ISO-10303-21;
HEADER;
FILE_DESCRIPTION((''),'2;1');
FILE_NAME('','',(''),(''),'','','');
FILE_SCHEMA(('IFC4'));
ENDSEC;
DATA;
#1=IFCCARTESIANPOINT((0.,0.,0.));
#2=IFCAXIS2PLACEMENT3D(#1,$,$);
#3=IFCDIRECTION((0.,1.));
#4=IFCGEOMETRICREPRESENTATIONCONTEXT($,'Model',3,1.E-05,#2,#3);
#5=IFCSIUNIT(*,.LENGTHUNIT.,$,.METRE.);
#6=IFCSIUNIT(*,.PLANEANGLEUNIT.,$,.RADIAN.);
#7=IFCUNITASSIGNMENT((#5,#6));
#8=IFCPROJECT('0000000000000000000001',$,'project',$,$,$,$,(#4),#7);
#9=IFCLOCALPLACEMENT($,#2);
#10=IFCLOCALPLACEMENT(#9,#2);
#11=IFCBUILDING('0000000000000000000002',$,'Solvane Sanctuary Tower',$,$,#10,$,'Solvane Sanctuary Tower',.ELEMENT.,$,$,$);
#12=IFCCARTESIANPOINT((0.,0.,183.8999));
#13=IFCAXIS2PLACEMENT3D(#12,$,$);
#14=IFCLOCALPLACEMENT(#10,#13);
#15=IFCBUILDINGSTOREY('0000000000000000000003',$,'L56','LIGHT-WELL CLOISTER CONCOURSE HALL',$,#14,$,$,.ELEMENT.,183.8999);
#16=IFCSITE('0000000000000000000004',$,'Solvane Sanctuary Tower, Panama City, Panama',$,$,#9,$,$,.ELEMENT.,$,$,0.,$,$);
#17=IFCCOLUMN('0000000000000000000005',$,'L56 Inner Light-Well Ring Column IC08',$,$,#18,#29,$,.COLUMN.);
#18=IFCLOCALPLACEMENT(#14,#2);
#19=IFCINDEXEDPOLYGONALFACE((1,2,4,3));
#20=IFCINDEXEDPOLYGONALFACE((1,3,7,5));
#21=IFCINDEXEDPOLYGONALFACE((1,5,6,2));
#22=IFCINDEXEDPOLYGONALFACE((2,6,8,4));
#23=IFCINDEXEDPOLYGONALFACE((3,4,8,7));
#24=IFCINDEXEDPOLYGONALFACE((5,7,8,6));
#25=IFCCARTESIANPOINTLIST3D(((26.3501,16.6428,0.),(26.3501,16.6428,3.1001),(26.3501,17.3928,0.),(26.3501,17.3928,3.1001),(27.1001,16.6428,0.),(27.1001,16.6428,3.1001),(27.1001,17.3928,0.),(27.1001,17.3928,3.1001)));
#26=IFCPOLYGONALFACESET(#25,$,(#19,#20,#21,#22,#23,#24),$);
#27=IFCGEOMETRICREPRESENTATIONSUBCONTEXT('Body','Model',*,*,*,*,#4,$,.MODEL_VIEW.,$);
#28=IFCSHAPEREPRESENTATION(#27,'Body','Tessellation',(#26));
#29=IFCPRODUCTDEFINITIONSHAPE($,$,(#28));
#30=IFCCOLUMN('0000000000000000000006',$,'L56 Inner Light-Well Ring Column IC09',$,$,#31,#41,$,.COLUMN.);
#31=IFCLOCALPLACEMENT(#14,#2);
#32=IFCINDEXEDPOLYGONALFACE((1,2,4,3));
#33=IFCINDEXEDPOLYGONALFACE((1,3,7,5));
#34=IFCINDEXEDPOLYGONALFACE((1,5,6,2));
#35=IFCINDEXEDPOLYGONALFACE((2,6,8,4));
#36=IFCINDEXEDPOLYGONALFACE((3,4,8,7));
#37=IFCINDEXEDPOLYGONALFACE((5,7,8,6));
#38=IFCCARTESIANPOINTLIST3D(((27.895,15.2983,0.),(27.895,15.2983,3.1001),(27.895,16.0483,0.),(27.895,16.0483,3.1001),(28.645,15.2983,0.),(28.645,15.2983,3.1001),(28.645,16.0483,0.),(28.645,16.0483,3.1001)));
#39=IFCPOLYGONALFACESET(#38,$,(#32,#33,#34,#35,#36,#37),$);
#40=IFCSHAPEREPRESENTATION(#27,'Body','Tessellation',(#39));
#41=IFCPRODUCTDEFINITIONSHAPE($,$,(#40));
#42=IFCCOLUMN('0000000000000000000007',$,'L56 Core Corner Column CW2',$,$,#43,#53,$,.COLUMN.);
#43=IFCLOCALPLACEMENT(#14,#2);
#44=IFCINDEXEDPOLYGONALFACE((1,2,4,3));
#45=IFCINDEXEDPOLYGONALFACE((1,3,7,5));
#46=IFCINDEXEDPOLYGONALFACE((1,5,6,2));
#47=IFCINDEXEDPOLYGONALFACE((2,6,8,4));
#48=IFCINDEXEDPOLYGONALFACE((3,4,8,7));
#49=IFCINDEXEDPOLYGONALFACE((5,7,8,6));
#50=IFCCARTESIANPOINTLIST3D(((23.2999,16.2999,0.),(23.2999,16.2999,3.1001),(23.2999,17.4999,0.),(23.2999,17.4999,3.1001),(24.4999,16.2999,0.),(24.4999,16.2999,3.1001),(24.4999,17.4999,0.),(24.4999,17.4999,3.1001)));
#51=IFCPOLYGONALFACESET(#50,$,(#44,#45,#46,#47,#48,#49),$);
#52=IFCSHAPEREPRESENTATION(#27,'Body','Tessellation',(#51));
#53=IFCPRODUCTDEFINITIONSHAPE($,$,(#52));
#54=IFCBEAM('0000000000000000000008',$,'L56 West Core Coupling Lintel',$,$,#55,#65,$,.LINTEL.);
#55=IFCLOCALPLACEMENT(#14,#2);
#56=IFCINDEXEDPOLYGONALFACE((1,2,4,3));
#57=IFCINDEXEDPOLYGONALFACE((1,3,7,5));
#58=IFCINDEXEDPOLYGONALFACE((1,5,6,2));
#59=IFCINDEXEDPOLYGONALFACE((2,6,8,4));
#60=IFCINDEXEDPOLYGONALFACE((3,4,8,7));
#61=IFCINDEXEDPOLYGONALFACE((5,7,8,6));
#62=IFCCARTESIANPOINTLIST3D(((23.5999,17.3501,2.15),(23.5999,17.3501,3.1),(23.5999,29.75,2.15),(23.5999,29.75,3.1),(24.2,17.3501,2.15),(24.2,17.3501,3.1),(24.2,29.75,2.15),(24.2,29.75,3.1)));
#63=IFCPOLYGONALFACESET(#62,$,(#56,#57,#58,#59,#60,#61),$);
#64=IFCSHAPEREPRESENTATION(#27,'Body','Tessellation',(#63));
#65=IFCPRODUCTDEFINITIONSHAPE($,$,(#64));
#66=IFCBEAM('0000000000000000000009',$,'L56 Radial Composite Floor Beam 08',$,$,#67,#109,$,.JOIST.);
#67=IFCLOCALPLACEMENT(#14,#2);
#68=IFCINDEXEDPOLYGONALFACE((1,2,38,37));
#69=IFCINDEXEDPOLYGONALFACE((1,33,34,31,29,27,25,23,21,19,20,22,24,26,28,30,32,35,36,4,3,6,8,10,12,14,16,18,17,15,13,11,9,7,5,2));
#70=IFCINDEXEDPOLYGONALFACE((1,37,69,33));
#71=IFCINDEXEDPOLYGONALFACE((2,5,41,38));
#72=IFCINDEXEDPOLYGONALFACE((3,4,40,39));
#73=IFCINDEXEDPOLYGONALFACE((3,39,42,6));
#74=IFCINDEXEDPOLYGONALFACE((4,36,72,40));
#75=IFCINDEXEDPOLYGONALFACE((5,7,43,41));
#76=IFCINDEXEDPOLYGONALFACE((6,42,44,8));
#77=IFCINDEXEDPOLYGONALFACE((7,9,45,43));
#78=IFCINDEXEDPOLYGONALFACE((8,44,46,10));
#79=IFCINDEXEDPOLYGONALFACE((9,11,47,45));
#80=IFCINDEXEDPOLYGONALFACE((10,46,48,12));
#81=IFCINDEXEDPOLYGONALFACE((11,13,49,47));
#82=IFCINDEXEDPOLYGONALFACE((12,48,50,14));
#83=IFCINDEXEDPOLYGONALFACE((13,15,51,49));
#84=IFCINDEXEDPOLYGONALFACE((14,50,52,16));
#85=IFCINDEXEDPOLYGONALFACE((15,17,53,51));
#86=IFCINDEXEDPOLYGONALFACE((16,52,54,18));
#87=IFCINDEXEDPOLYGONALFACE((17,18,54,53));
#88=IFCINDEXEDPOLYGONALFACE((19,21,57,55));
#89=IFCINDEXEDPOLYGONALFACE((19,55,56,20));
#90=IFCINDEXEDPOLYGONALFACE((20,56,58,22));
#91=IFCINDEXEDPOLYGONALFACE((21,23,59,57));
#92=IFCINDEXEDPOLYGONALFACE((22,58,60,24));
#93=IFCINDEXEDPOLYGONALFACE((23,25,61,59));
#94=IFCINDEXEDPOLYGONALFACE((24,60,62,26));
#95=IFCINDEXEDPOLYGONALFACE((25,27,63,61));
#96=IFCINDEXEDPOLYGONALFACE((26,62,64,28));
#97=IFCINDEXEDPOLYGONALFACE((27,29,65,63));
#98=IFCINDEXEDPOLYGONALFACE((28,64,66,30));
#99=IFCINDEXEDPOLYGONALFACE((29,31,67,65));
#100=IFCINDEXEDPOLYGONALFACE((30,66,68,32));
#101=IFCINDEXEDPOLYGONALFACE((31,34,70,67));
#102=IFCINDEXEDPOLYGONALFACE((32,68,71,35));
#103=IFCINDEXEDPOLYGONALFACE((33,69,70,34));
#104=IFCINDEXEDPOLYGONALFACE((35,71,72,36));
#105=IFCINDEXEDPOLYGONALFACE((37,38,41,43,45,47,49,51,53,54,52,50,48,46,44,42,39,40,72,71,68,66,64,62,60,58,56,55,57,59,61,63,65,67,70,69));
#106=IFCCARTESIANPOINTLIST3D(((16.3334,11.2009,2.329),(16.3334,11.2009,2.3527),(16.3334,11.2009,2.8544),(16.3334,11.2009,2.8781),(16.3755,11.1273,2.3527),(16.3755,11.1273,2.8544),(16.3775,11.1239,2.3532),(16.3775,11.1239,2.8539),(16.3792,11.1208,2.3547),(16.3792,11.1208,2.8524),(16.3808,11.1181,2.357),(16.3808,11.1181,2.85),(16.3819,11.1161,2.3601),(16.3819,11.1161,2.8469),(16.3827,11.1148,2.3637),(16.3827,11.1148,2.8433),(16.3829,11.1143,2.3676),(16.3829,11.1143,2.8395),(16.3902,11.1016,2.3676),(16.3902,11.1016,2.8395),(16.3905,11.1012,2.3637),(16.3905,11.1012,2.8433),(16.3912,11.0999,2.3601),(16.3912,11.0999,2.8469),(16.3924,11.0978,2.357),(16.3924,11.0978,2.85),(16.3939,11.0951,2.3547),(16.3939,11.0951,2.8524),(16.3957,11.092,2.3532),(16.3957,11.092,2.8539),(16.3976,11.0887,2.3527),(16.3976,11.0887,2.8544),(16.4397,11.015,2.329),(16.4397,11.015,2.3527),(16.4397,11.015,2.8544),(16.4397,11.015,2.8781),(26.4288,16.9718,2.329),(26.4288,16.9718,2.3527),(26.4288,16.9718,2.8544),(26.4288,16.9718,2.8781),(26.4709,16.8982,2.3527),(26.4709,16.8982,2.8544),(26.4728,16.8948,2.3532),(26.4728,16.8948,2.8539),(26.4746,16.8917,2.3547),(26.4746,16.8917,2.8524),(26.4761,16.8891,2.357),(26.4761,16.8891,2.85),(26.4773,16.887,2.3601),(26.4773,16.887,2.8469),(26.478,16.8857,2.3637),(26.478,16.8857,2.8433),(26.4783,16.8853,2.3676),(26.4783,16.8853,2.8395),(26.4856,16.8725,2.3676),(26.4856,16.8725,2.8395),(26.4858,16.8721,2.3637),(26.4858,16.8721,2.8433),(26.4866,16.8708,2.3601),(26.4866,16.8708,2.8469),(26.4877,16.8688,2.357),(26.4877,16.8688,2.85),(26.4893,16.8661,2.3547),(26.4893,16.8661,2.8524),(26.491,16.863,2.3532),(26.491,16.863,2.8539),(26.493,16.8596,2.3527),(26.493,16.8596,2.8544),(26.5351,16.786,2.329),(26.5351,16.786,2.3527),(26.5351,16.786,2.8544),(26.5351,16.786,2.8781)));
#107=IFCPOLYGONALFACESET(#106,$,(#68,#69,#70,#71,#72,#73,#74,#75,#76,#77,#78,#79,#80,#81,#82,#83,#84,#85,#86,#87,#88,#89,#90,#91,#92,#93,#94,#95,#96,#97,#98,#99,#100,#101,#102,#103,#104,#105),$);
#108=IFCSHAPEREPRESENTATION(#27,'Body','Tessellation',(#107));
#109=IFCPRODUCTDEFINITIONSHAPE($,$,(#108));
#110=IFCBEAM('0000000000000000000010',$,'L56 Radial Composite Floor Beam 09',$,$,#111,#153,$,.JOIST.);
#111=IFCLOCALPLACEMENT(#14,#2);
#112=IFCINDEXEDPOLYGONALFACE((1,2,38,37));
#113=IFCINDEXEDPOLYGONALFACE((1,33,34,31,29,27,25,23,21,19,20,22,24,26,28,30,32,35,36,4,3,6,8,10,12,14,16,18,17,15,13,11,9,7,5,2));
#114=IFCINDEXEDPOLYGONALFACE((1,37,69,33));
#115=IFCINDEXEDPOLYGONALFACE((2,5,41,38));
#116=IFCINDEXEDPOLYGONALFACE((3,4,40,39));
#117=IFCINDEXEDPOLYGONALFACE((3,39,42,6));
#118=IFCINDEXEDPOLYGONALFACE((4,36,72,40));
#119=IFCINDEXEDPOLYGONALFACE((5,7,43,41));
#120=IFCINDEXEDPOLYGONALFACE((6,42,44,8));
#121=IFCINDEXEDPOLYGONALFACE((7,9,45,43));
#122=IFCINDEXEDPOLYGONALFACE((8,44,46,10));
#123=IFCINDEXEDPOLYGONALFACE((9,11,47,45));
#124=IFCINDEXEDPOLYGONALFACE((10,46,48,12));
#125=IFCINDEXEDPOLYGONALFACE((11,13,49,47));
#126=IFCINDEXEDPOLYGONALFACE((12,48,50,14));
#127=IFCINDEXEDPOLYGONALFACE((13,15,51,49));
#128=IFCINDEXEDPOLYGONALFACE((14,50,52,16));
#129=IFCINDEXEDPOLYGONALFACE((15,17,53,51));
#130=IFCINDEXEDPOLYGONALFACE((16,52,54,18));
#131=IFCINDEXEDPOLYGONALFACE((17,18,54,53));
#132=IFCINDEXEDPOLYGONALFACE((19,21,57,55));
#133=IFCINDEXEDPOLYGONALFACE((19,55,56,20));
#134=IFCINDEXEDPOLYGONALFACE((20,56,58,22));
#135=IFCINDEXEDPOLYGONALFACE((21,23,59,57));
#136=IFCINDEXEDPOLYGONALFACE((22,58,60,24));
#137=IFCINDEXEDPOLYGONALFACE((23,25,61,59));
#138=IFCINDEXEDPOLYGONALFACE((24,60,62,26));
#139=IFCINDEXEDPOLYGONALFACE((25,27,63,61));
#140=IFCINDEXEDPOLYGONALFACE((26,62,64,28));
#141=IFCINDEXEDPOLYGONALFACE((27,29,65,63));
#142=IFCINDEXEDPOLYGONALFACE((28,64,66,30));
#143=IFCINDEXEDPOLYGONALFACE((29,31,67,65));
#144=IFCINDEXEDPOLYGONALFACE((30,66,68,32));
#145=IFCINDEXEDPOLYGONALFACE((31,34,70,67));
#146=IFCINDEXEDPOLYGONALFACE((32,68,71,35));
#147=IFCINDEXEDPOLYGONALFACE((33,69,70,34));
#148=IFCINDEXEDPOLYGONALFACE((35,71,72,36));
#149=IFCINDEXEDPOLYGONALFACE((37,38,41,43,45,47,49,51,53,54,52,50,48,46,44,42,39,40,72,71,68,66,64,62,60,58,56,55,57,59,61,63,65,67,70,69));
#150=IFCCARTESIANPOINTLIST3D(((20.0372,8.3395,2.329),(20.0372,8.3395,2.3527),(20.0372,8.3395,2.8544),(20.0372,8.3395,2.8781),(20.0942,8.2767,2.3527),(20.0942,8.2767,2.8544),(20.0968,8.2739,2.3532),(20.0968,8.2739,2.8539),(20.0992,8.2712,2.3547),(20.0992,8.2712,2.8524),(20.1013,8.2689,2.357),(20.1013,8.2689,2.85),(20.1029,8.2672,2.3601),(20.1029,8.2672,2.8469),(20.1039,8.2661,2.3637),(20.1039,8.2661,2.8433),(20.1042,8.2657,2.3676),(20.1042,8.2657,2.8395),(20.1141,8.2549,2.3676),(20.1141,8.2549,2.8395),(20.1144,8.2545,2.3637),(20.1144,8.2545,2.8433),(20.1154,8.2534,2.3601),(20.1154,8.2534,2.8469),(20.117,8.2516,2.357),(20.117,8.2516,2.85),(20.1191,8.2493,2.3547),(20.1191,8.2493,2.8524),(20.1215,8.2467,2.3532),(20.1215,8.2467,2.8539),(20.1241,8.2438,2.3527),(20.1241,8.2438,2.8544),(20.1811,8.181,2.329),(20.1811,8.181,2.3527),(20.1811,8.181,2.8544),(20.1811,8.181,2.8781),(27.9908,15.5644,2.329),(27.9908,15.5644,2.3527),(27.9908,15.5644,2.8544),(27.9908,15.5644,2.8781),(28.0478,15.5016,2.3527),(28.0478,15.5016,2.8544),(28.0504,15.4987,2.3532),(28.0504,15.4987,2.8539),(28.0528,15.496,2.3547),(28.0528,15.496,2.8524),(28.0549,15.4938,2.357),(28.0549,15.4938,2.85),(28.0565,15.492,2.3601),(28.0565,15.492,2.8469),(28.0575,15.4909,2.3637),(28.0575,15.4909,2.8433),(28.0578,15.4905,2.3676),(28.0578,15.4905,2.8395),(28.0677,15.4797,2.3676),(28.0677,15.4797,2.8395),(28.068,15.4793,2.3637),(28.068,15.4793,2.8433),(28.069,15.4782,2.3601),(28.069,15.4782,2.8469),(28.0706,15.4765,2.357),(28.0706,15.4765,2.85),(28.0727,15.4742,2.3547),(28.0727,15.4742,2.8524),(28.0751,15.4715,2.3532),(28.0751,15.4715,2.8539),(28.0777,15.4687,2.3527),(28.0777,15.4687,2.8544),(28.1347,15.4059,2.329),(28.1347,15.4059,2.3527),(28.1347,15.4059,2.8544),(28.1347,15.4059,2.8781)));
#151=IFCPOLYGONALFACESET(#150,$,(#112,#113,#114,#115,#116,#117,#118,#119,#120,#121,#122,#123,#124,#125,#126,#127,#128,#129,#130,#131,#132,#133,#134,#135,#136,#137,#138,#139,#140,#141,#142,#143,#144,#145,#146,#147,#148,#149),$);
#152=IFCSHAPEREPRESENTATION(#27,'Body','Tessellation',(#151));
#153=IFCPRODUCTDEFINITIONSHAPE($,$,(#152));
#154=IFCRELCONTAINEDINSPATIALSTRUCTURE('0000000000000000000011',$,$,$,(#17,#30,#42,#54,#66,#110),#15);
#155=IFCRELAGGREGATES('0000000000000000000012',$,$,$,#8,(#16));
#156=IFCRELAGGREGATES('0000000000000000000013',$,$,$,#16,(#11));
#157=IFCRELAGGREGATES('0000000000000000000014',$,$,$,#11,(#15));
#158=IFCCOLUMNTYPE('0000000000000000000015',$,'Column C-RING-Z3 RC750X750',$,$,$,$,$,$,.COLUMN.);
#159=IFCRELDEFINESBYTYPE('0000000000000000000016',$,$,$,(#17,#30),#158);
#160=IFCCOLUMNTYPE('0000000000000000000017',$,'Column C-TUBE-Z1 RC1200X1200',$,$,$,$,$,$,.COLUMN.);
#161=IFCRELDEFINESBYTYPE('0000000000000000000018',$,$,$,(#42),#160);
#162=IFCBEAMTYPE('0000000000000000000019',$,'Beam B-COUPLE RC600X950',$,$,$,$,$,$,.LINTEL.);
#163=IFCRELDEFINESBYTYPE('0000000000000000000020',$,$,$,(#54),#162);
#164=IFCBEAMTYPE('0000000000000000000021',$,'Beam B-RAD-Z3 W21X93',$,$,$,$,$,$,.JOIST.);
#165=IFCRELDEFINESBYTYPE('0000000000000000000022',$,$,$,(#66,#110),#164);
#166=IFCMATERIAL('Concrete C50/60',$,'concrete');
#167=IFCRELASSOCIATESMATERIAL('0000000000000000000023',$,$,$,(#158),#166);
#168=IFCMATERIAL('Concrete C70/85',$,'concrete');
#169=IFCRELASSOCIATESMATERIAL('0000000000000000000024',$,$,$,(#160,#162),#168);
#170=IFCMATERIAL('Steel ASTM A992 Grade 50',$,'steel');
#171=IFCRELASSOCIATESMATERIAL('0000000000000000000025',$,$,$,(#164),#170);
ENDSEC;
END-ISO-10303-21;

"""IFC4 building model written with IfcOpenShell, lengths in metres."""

from ifc_helpers import new_model, si_unit, direction, frame, origin, origin_2d, place, context, subcontext, project, spatial, rectangle, i_section, extrude, material, material_profile, profile_set, type_object, element, save


model = new_model("IFC4")

# Units and contexts
model_context = context("Model", 3, precision=1e-05, world=origin(), true_north=direction((0.0, 1.0)))
body_context = subcontext(model_context, "Body", "Model", "MODEL_VIEW")
ifc_project = project(units=[si_unit("LENGTHUNIT", "METRE"), si_unit("PLANEANGLEUNIT", "RADIAN")], contexts=[model_context])

# Site, building, storey
site_placement = place(None, origin())
site = spatial("IfcSite", under=ifc_project, at=site_placement, Name="Solvane Sanctuary Tower, Panama City, Panama", CompositionType="ELEMENT", RefElevation=0.0)
building_placement = place(site_placement, origin())
building = spatial("IfcBuilding", under=site, at=building_placement, Name="Solvane Sanctuary Tower", LongName="Solvane Sanctuary Tower", CompositionType="ELEMENT")
storey_placement = place(building_placement, frame((0.0, 0.0, 183.8999)))
storey = spatial("IfcBuildingStorey", under=building, at=storey_placement, Name="L56", Description="LIGHT-WELL CLOISTER CONCOURSE HALL", CompositionType="ELEMENT", Elevation=183.8999)

# Columns
ifc_material_1 = material(Name="Concrete C50/60", Category="concrete")
ifc_material_profile_1 = material_profile(ifc_material_1, rectangle(XDim=0.75, YDim=0.75, at=origin_2d()), Name="RC750X750")
ifc_profile_set_1 = profile_set([ifc_material_profile_1], Name="Concrete C50/60")
column_type_1 = type_object("IfcColumnType", Name="Column C-RING-Z3 RC750X750", PredefinedType="COLUMN", material=ifc_profile_set_1)
for number, where, z_axis, x_axis, name in (
    (1, (26.7251, 17.0178, 0.0), (0.0, 0.0, 1.0), (1.0, 0.0, 0.0), "L56 Inner Light-Well Ring Column IC08"),
    (2, (28.27, 15.6733, 0.0), (0.0, 0.0, 1.0), (1.0, 0.0, 0.0), "L56 Inner Light-Well Ring Column IC09"),
):
    element("IfcColumn", number, at=place(storey_placement, frame(where, z_axis=z_axis, x_axis=x_axis)), inside=storey, type_object=column_type_1, Name=name, PredefinedType="COLUMN", context=body_context, shape_type="SweptSolid", body=[
        extrude(rectangle(XDim=0.75, YDim=0.75, at=origin_2d()), origin(), (0.0, 0.0, 1.0), 3.1001),
    ])
ifc_material_2 = material(Name="Concrete C70/85", Category="concrete")
ifc_material_profile_2 = material_profile(ifc_material_2, rectangle(XDim=1.2, YDim=1.2, at=origin_2d()), Name="RC1200X1200")
ifc_profile_set_2 = profile_set([ifc_material_profile_2], Name="Concrete C70/85")
column_type_2 = type_object("IfcColumnType", Name="Column C-TUBE-Z1 RC1200X1200", PredefinedType="COLUMN", material=ifc_profile_set_2)
column_placement = place(storey_placement, frame((23.8999, 16.8999, 0.0), z_axis=(0.0, 0.0, 1.0), x_axis=(1.0, 0.0, 0.0)))
element("IfcColumn", 3, at=column_placement, inside=storey, type_object=column_type_2, Name="L56 Core Corner Column CW2", PredefinedType="COLUMN", context=body_context, shape_type="SweptSolid", body=[
    extrude(rectangle(XDim=1.2, YDim=1.2, at=origin_2d()), origin(), (0.0, 0.0, 1.0), 3.1001),
])

# Beams
ifc_material_profile_3 = material_profile(ifc_material_2, rectangle(XDim=0.6001, YDim=0.95, at=origin_2d()), Name="RC600X950")
ifc_profile_set_3 = profile_set([ifc_material_profile_3], Name="Concrete C70/85")
beam_type_1 = type_object("IfcBeamType", Name="Beam B-COUPLE RC600X950", PredefinedType="LINTEL", material=ifc_profile_set_3)
beam_1_placement = place(storey_placement, frame((23.8999, 17.3501, 2.625), z_axis=(0.0, 1.0, 0.0), x_axis=(-1.0, 0.0, 0.0)))
element("IfcBeam", 4, at=beam_1_placement, inside=storey, type_object=beam_type_1, Name="L56 West Core Coupling Lintel", PredefinedType="LINTEL", context=body_context, shape_type="SweptSolid", body=[
    extrude(rectangle(XDim=0.6001, YDim=0.95, at=origin_2d()), origin(), (0.0, 0.0, 1.0), 12.3999),
])
ifc_material_3 = material(Name="Steel ASTM A992 Grade 50", Category="steel")
ifc_material_profile_4 = material_profile(ifc_material_3, i_section(OverallWidth=0.2141, OverallDepth=0.5491, WebThickness=0.0146, FlangeThickness=0.0237, FilletRadius=0.0149, at=origin_2d()), Name="W21X93")
ifc_profile_set_4 = profile_set([ifc_material_profile_4], Name="Steel ASTM A992 Grade 50")
beam_type_2 = type_object("IfcBeamType", Name="Beam B-RAD-Z3 W21X93", PredefinedType="JOIST", material=ifc_profile_set_4)
beam_2_placement = place(storey_placement, frame((26.4819, 16.8789, 2.6035), z_axis=(-0.868163, -0.496279, 0.0), x_axis=(0.496279, -0.868163, 0.0)))
element("IfcBeam", 5, at=beam_2_placement, inside=storey, type_object=beam_type_2, Name="L56 Radial Composite Floor Beam 08", PredefinedType="JOIST", context=body_context, shape_type="SweptSolid", body=[
    extrude(i_section(OverallWidth=0.2141, OverallDepth=0.5491, WebThickness=0.0146, FlangeThickness=0.0237, FilletRadius=0.0149, at=origin_2d()), origin(), (0.0, 0.0, 1.0), 11.6284),
])
beam_3_placement = place(storey_placement, frame((28.0627, 15.4851, 2.6035), z_axis=(-0.740204, -0.672382, 0.0), x_axis=(0.672382, -0.740204, 0.0)))
element("IfcBeam", 6, at=beam_3_placement, inside=storey, type_object=beam_type_2, Name="L56 Radial Composite Floor Beam 09", PredefinedType="JOIST", context=body_context, shape_type="SweptSolid", body=[
    extrude(i_section(OverallWidth=0.2141, OverallDepth=0.5491, WebThickness=0.0146, FlangeThickness=0.0237, FilletRadius=0.0149, at=origin_2d()), origin(), (0.0, 0.0, 1.0), 10.7451),
])

save(model, "model.ifc")
